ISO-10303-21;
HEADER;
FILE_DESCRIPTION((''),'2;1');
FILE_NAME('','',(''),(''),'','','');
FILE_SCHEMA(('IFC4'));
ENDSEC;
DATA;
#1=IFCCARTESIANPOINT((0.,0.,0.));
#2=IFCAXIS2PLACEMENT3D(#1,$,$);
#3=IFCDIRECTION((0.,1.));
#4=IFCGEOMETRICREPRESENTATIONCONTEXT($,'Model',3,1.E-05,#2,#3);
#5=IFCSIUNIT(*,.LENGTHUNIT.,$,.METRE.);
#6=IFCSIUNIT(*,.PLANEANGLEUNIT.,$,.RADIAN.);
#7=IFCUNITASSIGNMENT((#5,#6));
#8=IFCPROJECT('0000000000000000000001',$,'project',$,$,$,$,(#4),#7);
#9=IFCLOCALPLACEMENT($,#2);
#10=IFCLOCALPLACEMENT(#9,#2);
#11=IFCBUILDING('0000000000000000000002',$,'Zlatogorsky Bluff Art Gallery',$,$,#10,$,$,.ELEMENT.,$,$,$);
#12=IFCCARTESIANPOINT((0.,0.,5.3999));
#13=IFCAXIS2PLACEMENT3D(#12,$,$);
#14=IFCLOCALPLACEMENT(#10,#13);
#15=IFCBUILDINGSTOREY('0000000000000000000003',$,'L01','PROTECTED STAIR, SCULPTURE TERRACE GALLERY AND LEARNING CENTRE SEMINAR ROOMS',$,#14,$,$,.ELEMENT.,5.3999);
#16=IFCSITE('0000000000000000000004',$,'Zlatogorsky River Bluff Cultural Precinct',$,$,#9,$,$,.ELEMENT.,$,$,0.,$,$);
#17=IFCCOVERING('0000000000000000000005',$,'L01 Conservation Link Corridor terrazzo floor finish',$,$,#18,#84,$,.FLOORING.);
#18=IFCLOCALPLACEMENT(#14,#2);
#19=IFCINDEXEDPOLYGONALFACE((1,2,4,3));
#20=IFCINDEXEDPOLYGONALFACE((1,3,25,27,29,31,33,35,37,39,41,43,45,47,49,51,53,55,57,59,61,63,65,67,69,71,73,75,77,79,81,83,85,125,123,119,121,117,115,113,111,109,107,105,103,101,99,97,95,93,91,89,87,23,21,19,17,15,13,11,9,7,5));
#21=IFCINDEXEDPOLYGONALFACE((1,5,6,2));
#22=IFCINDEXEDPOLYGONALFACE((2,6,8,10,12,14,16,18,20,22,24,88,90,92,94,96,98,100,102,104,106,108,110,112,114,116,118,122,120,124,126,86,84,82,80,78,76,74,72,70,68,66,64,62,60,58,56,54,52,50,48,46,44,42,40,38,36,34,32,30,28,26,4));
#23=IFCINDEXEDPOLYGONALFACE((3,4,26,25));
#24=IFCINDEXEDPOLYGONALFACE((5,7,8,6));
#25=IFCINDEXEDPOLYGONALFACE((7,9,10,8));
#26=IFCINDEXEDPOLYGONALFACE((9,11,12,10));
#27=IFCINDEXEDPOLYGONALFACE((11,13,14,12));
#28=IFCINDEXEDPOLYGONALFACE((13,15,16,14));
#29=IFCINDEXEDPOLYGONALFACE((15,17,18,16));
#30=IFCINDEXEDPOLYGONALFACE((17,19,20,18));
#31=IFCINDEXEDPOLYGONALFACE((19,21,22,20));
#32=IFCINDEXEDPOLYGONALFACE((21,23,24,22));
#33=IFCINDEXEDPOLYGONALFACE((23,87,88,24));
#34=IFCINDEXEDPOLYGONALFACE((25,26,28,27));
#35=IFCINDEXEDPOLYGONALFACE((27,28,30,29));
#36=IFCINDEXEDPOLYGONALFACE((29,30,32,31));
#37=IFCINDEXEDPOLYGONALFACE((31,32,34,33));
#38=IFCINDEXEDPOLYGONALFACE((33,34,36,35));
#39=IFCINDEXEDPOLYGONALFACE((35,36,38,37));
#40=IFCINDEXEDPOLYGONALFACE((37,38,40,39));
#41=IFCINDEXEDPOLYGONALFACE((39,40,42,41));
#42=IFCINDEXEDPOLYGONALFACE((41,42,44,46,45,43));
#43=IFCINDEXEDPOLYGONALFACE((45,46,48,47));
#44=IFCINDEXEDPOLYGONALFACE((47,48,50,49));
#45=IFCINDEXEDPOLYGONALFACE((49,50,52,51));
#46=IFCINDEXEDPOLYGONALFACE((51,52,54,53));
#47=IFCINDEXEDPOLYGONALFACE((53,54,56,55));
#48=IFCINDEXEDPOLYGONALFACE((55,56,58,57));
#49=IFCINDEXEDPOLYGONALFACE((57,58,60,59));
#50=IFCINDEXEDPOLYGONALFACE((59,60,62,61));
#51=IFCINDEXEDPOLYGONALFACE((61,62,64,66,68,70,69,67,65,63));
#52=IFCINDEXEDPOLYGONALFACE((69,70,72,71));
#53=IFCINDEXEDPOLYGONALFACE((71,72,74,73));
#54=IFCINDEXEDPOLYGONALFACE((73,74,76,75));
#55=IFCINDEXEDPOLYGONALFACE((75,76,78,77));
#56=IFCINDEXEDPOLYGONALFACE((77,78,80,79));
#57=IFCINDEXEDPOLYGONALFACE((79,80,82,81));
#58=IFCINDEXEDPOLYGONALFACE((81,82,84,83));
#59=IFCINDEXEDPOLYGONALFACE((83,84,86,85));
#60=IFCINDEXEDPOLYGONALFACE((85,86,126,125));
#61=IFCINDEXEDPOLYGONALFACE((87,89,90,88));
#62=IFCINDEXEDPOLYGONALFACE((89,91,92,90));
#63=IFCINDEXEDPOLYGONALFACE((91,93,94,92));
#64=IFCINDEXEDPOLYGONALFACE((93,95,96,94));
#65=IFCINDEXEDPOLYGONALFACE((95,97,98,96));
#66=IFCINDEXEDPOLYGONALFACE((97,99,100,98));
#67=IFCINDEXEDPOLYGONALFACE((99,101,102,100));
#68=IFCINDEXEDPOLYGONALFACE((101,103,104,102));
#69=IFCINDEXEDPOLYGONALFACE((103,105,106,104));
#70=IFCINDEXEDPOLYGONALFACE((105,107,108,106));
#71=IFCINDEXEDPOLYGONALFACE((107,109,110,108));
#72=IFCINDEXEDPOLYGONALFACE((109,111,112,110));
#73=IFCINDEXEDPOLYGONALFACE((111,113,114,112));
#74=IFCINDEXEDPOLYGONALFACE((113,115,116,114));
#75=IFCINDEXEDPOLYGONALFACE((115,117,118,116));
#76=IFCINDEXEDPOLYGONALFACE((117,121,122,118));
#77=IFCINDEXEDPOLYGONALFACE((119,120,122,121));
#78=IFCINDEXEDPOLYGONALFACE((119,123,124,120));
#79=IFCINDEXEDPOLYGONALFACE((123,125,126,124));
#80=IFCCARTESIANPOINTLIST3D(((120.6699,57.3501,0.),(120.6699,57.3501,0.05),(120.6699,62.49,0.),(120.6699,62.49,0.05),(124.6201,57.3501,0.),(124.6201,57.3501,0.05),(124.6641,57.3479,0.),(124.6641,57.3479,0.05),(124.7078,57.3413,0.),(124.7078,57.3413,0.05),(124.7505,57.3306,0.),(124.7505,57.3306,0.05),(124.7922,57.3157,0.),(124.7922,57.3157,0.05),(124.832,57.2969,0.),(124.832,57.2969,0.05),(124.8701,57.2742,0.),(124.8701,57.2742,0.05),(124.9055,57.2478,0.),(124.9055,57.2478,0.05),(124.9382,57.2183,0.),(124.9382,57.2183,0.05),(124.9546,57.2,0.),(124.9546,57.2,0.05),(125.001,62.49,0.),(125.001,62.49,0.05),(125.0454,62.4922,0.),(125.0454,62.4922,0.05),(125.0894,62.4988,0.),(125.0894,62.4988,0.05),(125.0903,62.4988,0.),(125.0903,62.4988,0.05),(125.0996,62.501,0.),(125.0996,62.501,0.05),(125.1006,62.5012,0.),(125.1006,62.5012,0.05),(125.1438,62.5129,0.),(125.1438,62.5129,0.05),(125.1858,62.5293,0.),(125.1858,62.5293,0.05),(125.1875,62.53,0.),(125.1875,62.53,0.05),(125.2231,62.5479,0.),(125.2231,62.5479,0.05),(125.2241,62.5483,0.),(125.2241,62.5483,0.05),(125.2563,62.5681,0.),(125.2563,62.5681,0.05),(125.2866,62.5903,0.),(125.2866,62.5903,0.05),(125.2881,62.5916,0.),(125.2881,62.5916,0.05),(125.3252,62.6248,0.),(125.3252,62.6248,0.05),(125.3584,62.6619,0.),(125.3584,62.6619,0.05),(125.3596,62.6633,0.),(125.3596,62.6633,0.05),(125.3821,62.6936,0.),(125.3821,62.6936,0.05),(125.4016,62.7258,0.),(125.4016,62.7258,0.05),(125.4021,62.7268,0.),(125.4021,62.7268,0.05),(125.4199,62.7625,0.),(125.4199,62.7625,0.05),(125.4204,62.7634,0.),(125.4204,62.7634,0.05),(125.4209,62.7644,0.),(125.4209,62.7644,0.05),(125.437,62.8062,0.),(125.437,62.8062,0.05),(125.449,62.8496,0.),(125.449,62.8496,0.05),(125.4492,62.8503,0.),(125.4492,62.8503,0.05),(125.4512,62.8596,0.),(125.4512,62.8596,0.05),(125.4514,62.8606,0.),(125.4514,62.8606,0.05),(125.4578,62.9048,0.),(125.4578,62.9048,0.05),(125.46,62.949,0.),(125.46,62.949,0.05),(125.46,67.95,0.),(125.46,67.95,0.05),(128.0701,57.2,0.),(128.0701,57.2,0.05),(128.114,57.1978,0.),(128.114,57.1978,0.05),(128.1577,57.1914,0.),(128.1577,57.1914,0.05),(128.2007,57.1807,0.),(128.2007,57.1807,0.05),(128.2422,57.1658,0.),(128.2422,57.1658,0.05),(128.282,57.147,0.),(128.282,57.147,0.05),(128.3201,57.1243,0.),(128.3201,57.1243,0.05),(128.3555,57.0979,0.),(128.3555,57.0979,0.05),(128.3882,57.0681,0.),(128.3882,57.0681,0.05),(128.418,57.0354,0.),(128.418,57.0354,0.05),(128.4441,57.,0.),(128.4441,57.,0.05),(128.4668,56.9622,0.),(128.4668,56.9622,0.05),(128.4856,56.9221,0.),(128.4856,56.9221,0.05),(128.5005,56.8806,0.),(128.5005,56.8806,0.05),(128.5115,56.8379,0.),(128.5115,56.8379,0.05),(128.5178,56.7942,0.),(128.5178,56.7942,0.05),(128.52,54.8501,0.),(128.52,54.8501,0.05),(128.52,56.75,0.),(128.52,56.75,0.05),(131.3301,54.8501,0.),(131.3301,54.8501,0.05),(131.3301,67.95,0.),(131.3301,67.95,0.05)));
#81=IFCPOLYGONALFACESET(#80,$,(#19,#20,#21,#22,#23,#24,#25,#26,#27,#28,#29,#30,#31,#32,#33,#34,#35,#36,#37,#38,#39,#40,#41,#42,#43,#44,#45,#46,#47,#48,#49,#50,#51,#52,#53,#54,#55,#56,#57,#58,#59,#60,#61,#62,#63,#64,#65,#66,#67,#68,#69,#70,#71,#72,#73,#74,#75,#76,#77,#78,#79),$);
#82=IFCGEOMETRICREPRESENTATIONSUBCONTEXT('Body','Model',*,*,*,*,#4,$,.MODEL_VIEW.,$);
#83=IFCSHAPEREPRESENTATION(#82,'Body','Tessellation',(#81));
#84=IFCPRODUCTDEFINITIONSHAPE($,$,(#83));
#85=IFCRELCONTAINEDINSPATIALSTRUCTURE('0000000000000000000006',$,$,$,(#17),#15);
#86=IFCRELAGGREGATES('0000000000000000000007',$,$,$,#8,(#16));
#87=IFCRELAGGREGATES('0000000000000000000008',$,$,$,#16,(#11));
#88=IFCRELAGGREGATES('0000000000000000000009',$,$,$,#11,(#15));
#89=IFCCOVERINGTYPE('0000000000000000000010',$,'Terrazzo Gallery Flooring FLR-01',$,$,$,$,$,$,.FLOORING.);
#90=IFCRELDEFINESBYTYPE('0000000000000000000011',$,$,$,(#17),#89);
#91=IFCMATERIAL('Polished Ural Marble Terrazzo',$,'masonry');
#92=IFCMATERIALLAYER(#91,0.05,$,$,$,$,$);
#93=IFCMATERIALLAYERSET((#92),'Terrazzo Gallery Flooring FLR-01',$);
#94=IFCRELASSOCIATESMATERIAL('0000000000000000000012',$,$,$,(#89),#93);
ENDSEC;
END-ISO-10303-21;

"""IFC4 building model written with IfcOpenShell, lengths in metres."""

from ifc_helpers import new_model, si_unit, direction, frame, origin, place, context, subcontext, project, spatial, polyline, outline, extrude, material, layer, layer_set, type_object, element, save


model = new_model("IFC4")

# Units and contexts
model_context = context("Model", 3, precision=1e-05, world=origin(), true_north=direction((0.0, 1.0)))
body_context = subcontext(model_context, "Body", "Model", "MODEL_VIEW")
ifc_project = project(units=[si_unit("LENGTHUNIT", "METRE"), si_unit("PLANEANGLEUNIT", "RADIAN")], contexts=[model_context])

# Site, building, storey
site_placement = place(None, origin())
site = spatial("IfcSite", under=ifc_project, at=site_placement, Name="Zlatogorsky River Bluff Cultural Precinct", CompositionType="ELEMENT", RefElevation=0.0)
building_placement = place(site_placement, origin())
building = spatial("IfcBuilding", under=site, at=building_placement, Name="Zlatogorsky Bluff Art Gallery", CompositionType="ELEMENT")
storey_placement = place(building_placement, frame((0.0, 0.0, 5.3999)))
storey = spatial("IfcBuildingStorey", under=building, at=storey_placement, Name="L01", Description="PROTECTED STAIR, SCULPTURE TERRACE GALLERY AND LEARNING CENTRE SEMINAR ROOMS", CompositionType="ELEMENT", Elevation=5.3999)

# Covering
ifc_material_1 = material(Name="Polished Ural Marble Terrazzo", Category="masonry")
ifc_layer_1 = layer(ifc_material_1, 0.05)
ifc_layer_set_1 = layer_set([ifc_layer_1], Name="Terrazzo Gallery Flooring FLR-01")
covering_type_1 = type_object("IfcCoveringType", Name="Terrazzo Gallery Flooring FLR-01", PredefinedType="FLOORING", material=ifc_layer_set_1)
covering_1_placement = place(storey_placement, origin())
element("IfcCovering", 1, at=covering_1_placement, inside=storey, type_object=covering_type_1, Name="L01 Conservation Link Corridor terrazzo floor finish", PredefinedType="FLOORING", context=body_context, shape_type="SweptSolid", body=[
    extrude(outline(polyline([(120.6699, 62.49), (125.001, 62.49), (125.0454, 62.4922), (125.0894, 62.4988), (125.0903, 62.4988), (125.0996, 62.501), (125.1006, 62.5012), (125.1438, 62.5129), (125.1858, 62.5293), (125.1875, 62.53), (125.2231, 62.5479), (125.2241, 62.5483), (125.2563, 62.5681), (125.2866, 62.5903), (125.2881, 62.5916), (125.3252, 62.6248), (125.3584, 62.6619), (125.3596, 62.6633), (125.3821, 62.6936), (125.4016, 62.7258), (125.4021, 62.7268), (125.4199, 62.7625), (125.4204, 62.7634), (125.4209, 62.7644), (125.437, 62.8062), (125.449, 62.8496), (125.4492, 62.8503), (125.4512, 62.8596), (125.4514, 62.8606), (125.4578, 62.9048), (125.46, 62.949), (125.46, 67.95), (131.3301, 67.95), (131.3301, 54.8501), (128.52, 54.8501), (128.52, 56.75), (128.5178, 56.7942), (128.5115, 56.8379), (128.5005, 56.8806), (128.4856, 56.9221), (128.4668, 56.9622), (128.4441, 57.0), (128.418, 57.0354), (128.3882, 57.0681), (128.3555, 57.0979), (128.3201, 57.1243), (128.282, 57.147), (128.2422, 57.1658), (128.2007, 57.1807), (128.1577, 57.1914), (128.114, 57.1978), (128.0701, 57.2), (124.9546, 57.2), (124.9382, 57.2183), (124.9055, 57.2478), (124.8701, 57.2742), (124.832, 57.2969), (124.7922, 57.3157), (124.7505, 57.3306), (124.7078, 57.3413), (124.6641, 57.3479), (124.6201, 57.3501), (120.6699, 57.3501), (120.6699, 62.49)])), origin(), (0.0, 0.0, 1.0), 0.05),
])

save(model, "model.ifc")
